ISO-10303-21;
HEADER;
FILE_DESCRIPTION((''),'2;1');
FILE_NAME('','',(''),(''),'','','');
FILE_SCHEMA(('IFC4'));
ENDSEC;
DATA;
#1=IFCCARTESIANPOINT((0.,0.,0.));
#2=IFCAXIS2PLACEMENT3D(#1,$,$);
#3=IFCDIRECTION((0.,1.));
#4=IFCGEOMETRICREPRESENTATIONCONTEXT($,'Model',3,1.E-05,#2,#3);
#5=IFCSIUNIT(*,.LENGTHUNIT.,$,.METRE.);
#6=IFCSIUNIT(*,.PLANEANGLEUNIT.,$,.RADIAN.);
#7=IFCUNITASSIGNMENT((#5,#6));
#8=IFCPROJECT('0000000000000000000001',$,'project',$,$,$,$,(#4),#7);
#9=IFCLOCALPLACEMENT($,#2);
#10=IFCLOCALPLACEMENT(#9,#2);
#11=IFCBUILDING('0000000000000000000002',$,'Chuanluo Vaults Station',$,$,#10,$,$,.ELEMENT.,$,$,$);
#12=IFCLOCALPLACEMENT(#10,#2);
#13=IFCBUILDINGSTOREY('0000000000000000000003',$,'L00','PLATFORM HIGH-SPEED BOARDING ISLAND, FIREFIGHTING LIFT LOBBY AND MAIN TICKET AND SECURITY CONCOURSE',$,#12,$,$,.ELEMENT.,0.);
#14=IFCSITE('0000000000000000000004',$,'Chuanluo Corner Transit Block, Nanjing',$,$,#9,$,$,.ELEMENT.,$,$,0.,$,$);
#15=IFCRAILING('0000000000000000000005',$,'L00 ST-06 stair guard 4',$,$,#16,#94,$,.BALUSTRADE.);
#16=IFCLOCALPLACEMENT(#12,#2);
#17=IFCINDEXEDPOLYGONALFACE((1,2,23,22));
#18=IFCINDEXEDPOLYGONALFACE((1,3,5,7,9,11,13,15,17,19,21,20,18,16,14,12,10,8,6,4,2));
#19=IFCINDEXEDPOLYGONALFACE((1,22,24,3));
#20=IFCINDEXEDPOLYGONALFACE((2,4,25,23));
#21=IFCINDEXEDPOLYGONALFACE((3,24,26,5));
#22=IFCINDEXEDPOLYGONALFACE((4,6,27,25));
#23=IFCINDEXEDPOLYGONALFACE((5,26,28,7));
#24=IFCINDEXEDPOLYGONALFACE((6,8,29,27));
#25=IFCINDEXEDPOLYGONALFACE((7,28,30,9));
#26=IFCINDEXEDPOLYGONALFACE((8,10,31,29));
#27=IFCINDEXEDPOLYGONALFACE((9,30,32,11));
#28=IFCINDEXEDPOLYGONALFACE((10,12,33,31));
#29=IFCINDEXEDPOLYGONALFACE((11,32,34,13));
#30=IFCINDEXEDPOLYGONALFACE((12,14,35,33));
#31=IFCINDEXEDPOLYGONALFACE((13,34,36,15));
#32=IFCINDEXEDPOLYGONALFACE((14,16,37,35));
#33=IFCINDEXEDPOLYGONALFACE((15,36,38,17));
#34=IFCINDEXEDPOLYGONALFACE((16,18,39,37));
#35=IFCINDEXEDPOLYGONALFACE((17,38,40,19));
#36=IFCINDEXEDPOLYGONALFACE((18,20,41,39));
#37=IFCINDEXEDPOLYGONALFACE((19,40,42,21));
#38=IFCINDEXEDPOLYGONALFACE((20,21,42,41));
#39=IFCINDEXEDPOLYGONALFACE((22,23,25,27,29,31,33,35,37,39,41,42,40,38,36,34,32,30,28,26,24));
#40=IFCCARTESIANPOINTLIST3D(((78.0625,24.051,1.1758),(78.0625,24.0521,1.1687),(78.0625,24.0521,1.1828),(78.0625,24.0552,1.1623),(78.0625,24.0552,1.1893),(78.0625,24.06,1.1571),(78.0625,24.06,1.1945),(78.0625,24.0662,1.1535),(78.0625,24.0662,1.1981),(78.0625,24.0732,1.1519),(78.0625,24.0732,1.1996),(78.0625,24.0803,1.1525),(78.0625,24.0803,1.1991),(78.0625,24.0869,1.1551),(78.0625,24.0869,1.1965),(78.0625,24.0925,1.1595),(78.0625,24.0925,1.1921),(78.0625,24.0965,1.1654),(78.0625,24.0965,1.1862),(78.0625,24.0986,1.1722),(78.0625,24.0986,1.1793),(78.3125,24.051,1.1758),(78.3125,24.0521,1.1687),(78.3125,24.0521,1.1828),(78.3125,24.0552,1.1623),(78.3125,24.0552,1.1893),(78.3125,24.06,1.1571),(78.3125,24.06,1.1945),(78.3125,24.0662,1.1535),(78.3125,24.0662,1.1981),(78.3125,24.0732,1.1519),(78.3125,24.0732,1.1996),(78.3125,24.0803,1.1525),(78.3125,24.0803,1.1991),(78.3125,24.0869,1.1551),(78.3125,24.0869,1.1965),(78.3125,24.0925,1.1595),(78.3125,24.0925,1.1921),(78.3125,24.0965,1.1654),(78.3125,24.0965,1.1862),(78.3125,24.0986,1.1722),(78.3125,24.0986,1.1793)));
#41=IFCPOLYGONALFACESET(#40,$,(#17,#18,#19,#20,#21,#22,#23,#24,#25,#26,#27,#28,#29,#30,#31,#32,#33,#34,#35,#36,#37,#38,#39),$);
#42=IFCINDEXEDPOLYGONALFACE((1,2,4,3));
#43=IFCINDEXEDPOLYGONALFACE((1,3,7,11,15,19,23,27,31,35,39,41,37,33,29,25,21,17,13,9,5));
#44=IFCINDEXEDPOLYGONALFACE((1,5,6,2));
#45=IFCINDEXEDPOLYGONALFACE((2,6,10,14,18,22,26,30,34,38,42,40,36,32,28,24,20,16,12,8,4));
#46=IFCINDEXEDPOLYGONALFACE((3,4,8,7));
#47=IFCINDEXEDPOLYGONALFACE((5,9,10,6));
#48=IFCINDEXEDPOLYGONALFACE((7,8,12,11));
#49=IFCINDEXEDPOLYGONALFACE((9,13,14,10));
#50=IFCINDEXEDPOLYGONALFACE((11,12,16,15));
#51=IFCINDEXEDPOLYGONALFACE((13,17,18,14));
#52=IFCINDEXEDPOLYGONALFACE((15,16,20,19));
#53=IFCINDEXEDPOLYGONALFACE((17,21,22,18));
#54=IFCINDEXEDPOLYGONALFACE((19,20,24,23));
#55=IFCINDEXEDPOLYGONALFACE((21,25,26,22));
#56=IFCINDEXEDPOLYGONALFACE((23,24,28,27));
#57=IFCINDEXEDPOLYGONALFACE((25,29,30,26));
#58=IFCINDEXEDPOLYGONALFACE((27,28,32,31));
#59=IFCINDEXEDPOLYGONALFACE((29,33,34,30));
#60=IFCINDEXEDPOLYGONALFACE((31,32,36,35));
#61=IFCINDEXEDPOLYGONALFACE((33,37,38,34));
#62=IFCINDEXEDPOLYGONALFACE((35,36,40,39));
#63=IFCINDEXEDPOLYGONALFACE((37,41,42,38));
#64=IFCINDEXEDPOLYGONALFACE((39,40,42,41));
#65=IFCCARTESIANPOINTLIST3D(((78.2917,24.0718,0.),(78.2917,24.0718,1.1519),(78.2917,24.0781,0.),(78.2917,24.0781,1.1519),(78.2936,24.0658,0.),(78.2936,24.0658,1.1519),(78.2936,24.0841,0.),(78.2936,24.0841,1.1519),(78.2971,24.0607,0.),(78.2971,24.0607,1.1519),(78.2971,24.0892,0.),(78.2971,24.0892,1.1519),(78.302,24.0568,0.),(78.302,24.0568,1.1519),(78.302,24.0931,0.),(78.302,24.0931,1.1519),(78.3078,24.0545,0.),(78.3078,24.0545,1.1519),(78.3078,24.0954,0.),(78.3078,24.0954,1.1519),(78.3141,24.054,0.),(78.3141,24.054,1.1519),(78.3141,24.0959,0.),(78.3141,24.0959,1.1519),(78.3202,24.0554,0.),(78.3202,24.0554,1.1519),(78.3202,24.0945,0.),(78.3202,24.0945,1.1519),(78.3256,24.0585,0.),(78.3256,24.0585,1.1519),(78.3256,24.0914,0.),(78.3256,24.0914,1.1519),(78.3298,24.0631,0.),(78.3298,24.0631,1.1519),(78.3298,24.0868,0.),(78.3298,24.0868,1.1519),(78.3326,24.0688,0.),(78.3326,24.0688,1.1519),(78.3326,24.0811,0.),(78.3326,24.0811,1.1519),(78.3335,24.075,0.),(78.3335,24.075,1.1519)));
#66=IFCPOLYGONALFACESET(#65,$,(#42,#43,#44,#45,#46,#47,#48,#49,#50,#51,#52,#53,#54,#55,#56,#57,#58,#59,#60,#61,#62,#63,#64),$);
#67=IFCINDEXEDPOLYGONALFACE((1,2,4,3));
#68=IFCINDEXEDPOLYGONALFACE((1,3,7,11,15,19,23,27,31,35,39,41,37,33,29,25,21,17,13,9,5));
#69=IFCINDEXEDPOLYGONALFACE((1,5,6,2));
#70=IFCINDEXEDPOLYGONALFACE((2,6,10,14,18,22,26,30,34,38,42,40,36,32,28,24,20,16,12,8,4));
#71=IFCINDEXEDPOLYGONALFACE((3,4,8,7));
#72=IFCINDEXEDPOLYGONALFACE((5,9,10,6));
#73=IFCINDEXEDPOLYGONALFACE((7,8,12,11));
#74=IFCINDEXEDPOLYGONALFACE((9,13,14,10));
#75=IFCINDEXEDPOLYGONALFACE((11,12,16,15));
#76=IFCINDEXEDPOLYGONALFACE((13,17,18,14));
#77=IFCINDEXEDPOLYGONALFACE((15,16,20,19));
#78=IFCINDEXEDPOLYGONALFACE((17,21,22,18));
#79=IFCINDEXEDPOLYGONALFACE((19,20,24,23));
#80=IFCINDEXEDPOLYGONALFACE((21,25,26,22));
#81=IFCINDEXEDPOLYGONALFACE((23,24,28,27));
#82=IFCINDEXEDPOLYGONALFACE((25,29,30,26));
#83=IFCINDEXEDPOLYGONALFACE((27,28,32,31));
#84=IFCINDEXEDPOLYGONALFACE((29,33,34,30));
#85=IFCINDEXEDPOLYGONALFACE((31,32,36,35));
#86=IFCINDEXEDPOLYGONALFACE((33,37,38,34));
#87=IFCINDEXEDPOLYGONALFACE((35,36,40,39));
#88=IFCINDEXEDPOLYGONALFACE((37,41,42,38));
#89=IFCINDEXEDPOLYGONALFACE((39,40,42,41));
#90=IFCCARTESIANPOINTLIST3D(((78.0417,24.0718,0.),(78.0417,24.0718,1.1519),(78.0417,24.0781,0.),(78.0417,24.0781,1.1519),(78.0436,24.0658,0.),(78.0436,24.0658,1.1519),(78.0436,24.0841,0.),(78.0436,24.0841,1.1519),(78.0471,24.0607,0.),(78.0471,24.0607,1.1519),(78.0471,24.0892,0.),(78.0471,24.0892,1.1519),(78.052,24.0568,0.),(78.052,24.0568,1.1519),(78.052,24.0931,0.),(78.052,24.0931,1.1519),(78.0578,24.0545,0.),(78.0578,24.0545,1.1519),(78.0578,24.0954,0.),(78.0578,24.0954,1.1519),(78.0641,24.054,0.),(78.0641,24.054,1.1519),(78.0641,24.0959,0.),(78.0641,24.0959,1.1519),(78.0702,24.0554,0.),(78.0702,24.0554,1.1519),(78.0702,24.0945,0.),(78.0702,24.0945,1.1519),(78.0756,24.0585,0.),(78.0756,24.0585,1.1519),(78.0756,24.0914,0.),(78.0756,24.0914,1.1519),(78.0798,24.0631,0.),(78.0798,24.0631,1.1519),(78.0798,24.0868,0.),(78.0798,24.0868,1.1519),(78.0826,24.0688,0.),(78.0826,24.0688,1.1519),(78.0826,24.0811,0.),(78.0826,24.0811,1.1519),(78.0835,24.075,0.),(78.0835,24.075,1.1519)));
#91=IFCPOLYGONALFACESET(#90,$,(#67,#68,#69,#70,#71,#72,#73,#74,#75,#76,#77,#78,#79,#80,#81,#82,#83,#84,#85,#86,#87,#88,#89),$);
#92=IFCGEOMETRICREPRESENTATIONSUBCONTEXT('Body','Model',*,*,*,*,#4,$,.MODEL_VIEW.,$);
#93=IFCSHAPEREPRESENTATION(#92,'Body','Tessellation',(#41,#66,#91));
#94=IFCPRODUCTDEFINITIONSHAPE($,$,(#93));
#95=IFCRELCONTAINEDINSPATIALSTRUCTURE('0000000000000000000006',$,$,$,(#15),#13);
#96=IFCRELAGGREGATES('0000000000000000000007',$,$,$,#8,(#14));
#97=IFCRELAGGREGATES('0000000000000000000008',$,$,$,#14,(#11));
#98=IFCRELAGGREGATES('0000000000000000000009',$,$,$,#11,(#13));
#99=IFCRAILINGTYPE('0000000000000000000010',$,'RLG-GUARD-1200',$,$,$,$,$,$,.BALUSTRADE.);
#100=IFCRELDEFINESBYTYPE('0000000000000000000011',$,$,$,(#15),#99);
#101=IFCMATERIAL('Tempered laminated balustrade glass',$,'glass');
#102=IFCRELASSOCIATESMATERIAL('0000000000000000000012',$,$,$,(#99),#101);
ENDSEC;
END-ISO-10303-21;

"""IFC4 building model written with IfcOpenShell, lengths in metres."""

from ifc_helpers import new_model, si_unit, direction, frame, origin, origin_2d, place, context, subcontext, project, spatial, circle, extrude, material, type_object, element, save


model = new_model("IFC4")

# Units and contexts
model_context = context("Model", 3, precision=1e-05, world=origin(), true_north=direction((0.0, 1.0)))
body_context = subcontext(model_context, "Body", "Model", "MODEL_VIEW")
ifc_project = project(units=[si_unit("LENGTHUNIT", "METRE"), si_unit("PLANEANGLEUNIT", "RADIAN")], contexts=[model_context])

# Site, building, storey
site_placement = place(None, origin())
site = spatial("IfcSite", under=ifc_project, at=site_placement, Name="Chuanluo Corner Transit Block, Nanjing", CompositionType="ELEMENT", RefElevation=0.0)
building_placement = place(site_placement, origin())
building = spatial("IfcBuilding", under=site, at=building_placement, Name="Chuanluo Vaults Station", CompositionType="ELEMENT")
storey_placement = place(building_placement, origin())
storey = spatial("IfcBuildingStorey", under=building, at=storey_placement, Name="L00", Description="PLATFORM HIGH-SPEED BOARDING ISLAND, FIREFIGHTING LIFT LOBBY AND MAIN TICKET AND SECURITY CONCOURSE", CompositionType="ELEMENT", Elevation=0.0)

# Railing
ifc_material_1 = material(Name="Tempered laminated balustrade glass", Category="glass")
railing_type_1 = type_object("IfcRailingType", Name="RLG-GUARD-1200", PredefinedType="BALUSTRADE", material=ifc_material_1)
railing_1_placement = place(storey_placement, frame((78.3125, 24.075, 0.0)))
element("IfcRailing", 1, at=railing_1_placement, inside=storey, type_object=railing_type_1, Name="L00 ST-06 stair guard 4", PredefinedType="BALUSTRADE", context=body_context, shape_type="SweptSolid", body=[
    extrude(circle(Radius=0.0239, at=origin_2d()), frame((0.0, 0.0, 1.1758), z_axis=(-1.0, 0.0, 0.0), x_axis=(0.0, -1.0, 0.0)), (0.0, 0.0, 1.0), 0.25),
    extrude(circle(Radius=0.021, at=origin_2d()), origin(), (0.0, 0.0, 1.0), 1.1519),
    extrude(circle(Radius=0.021, at=origin_2d()), frame((-0.25, 0.0, 0.0)), (0.0, 0.0, 1.0), 1.1519),
])

save(model, "model.ifc")
